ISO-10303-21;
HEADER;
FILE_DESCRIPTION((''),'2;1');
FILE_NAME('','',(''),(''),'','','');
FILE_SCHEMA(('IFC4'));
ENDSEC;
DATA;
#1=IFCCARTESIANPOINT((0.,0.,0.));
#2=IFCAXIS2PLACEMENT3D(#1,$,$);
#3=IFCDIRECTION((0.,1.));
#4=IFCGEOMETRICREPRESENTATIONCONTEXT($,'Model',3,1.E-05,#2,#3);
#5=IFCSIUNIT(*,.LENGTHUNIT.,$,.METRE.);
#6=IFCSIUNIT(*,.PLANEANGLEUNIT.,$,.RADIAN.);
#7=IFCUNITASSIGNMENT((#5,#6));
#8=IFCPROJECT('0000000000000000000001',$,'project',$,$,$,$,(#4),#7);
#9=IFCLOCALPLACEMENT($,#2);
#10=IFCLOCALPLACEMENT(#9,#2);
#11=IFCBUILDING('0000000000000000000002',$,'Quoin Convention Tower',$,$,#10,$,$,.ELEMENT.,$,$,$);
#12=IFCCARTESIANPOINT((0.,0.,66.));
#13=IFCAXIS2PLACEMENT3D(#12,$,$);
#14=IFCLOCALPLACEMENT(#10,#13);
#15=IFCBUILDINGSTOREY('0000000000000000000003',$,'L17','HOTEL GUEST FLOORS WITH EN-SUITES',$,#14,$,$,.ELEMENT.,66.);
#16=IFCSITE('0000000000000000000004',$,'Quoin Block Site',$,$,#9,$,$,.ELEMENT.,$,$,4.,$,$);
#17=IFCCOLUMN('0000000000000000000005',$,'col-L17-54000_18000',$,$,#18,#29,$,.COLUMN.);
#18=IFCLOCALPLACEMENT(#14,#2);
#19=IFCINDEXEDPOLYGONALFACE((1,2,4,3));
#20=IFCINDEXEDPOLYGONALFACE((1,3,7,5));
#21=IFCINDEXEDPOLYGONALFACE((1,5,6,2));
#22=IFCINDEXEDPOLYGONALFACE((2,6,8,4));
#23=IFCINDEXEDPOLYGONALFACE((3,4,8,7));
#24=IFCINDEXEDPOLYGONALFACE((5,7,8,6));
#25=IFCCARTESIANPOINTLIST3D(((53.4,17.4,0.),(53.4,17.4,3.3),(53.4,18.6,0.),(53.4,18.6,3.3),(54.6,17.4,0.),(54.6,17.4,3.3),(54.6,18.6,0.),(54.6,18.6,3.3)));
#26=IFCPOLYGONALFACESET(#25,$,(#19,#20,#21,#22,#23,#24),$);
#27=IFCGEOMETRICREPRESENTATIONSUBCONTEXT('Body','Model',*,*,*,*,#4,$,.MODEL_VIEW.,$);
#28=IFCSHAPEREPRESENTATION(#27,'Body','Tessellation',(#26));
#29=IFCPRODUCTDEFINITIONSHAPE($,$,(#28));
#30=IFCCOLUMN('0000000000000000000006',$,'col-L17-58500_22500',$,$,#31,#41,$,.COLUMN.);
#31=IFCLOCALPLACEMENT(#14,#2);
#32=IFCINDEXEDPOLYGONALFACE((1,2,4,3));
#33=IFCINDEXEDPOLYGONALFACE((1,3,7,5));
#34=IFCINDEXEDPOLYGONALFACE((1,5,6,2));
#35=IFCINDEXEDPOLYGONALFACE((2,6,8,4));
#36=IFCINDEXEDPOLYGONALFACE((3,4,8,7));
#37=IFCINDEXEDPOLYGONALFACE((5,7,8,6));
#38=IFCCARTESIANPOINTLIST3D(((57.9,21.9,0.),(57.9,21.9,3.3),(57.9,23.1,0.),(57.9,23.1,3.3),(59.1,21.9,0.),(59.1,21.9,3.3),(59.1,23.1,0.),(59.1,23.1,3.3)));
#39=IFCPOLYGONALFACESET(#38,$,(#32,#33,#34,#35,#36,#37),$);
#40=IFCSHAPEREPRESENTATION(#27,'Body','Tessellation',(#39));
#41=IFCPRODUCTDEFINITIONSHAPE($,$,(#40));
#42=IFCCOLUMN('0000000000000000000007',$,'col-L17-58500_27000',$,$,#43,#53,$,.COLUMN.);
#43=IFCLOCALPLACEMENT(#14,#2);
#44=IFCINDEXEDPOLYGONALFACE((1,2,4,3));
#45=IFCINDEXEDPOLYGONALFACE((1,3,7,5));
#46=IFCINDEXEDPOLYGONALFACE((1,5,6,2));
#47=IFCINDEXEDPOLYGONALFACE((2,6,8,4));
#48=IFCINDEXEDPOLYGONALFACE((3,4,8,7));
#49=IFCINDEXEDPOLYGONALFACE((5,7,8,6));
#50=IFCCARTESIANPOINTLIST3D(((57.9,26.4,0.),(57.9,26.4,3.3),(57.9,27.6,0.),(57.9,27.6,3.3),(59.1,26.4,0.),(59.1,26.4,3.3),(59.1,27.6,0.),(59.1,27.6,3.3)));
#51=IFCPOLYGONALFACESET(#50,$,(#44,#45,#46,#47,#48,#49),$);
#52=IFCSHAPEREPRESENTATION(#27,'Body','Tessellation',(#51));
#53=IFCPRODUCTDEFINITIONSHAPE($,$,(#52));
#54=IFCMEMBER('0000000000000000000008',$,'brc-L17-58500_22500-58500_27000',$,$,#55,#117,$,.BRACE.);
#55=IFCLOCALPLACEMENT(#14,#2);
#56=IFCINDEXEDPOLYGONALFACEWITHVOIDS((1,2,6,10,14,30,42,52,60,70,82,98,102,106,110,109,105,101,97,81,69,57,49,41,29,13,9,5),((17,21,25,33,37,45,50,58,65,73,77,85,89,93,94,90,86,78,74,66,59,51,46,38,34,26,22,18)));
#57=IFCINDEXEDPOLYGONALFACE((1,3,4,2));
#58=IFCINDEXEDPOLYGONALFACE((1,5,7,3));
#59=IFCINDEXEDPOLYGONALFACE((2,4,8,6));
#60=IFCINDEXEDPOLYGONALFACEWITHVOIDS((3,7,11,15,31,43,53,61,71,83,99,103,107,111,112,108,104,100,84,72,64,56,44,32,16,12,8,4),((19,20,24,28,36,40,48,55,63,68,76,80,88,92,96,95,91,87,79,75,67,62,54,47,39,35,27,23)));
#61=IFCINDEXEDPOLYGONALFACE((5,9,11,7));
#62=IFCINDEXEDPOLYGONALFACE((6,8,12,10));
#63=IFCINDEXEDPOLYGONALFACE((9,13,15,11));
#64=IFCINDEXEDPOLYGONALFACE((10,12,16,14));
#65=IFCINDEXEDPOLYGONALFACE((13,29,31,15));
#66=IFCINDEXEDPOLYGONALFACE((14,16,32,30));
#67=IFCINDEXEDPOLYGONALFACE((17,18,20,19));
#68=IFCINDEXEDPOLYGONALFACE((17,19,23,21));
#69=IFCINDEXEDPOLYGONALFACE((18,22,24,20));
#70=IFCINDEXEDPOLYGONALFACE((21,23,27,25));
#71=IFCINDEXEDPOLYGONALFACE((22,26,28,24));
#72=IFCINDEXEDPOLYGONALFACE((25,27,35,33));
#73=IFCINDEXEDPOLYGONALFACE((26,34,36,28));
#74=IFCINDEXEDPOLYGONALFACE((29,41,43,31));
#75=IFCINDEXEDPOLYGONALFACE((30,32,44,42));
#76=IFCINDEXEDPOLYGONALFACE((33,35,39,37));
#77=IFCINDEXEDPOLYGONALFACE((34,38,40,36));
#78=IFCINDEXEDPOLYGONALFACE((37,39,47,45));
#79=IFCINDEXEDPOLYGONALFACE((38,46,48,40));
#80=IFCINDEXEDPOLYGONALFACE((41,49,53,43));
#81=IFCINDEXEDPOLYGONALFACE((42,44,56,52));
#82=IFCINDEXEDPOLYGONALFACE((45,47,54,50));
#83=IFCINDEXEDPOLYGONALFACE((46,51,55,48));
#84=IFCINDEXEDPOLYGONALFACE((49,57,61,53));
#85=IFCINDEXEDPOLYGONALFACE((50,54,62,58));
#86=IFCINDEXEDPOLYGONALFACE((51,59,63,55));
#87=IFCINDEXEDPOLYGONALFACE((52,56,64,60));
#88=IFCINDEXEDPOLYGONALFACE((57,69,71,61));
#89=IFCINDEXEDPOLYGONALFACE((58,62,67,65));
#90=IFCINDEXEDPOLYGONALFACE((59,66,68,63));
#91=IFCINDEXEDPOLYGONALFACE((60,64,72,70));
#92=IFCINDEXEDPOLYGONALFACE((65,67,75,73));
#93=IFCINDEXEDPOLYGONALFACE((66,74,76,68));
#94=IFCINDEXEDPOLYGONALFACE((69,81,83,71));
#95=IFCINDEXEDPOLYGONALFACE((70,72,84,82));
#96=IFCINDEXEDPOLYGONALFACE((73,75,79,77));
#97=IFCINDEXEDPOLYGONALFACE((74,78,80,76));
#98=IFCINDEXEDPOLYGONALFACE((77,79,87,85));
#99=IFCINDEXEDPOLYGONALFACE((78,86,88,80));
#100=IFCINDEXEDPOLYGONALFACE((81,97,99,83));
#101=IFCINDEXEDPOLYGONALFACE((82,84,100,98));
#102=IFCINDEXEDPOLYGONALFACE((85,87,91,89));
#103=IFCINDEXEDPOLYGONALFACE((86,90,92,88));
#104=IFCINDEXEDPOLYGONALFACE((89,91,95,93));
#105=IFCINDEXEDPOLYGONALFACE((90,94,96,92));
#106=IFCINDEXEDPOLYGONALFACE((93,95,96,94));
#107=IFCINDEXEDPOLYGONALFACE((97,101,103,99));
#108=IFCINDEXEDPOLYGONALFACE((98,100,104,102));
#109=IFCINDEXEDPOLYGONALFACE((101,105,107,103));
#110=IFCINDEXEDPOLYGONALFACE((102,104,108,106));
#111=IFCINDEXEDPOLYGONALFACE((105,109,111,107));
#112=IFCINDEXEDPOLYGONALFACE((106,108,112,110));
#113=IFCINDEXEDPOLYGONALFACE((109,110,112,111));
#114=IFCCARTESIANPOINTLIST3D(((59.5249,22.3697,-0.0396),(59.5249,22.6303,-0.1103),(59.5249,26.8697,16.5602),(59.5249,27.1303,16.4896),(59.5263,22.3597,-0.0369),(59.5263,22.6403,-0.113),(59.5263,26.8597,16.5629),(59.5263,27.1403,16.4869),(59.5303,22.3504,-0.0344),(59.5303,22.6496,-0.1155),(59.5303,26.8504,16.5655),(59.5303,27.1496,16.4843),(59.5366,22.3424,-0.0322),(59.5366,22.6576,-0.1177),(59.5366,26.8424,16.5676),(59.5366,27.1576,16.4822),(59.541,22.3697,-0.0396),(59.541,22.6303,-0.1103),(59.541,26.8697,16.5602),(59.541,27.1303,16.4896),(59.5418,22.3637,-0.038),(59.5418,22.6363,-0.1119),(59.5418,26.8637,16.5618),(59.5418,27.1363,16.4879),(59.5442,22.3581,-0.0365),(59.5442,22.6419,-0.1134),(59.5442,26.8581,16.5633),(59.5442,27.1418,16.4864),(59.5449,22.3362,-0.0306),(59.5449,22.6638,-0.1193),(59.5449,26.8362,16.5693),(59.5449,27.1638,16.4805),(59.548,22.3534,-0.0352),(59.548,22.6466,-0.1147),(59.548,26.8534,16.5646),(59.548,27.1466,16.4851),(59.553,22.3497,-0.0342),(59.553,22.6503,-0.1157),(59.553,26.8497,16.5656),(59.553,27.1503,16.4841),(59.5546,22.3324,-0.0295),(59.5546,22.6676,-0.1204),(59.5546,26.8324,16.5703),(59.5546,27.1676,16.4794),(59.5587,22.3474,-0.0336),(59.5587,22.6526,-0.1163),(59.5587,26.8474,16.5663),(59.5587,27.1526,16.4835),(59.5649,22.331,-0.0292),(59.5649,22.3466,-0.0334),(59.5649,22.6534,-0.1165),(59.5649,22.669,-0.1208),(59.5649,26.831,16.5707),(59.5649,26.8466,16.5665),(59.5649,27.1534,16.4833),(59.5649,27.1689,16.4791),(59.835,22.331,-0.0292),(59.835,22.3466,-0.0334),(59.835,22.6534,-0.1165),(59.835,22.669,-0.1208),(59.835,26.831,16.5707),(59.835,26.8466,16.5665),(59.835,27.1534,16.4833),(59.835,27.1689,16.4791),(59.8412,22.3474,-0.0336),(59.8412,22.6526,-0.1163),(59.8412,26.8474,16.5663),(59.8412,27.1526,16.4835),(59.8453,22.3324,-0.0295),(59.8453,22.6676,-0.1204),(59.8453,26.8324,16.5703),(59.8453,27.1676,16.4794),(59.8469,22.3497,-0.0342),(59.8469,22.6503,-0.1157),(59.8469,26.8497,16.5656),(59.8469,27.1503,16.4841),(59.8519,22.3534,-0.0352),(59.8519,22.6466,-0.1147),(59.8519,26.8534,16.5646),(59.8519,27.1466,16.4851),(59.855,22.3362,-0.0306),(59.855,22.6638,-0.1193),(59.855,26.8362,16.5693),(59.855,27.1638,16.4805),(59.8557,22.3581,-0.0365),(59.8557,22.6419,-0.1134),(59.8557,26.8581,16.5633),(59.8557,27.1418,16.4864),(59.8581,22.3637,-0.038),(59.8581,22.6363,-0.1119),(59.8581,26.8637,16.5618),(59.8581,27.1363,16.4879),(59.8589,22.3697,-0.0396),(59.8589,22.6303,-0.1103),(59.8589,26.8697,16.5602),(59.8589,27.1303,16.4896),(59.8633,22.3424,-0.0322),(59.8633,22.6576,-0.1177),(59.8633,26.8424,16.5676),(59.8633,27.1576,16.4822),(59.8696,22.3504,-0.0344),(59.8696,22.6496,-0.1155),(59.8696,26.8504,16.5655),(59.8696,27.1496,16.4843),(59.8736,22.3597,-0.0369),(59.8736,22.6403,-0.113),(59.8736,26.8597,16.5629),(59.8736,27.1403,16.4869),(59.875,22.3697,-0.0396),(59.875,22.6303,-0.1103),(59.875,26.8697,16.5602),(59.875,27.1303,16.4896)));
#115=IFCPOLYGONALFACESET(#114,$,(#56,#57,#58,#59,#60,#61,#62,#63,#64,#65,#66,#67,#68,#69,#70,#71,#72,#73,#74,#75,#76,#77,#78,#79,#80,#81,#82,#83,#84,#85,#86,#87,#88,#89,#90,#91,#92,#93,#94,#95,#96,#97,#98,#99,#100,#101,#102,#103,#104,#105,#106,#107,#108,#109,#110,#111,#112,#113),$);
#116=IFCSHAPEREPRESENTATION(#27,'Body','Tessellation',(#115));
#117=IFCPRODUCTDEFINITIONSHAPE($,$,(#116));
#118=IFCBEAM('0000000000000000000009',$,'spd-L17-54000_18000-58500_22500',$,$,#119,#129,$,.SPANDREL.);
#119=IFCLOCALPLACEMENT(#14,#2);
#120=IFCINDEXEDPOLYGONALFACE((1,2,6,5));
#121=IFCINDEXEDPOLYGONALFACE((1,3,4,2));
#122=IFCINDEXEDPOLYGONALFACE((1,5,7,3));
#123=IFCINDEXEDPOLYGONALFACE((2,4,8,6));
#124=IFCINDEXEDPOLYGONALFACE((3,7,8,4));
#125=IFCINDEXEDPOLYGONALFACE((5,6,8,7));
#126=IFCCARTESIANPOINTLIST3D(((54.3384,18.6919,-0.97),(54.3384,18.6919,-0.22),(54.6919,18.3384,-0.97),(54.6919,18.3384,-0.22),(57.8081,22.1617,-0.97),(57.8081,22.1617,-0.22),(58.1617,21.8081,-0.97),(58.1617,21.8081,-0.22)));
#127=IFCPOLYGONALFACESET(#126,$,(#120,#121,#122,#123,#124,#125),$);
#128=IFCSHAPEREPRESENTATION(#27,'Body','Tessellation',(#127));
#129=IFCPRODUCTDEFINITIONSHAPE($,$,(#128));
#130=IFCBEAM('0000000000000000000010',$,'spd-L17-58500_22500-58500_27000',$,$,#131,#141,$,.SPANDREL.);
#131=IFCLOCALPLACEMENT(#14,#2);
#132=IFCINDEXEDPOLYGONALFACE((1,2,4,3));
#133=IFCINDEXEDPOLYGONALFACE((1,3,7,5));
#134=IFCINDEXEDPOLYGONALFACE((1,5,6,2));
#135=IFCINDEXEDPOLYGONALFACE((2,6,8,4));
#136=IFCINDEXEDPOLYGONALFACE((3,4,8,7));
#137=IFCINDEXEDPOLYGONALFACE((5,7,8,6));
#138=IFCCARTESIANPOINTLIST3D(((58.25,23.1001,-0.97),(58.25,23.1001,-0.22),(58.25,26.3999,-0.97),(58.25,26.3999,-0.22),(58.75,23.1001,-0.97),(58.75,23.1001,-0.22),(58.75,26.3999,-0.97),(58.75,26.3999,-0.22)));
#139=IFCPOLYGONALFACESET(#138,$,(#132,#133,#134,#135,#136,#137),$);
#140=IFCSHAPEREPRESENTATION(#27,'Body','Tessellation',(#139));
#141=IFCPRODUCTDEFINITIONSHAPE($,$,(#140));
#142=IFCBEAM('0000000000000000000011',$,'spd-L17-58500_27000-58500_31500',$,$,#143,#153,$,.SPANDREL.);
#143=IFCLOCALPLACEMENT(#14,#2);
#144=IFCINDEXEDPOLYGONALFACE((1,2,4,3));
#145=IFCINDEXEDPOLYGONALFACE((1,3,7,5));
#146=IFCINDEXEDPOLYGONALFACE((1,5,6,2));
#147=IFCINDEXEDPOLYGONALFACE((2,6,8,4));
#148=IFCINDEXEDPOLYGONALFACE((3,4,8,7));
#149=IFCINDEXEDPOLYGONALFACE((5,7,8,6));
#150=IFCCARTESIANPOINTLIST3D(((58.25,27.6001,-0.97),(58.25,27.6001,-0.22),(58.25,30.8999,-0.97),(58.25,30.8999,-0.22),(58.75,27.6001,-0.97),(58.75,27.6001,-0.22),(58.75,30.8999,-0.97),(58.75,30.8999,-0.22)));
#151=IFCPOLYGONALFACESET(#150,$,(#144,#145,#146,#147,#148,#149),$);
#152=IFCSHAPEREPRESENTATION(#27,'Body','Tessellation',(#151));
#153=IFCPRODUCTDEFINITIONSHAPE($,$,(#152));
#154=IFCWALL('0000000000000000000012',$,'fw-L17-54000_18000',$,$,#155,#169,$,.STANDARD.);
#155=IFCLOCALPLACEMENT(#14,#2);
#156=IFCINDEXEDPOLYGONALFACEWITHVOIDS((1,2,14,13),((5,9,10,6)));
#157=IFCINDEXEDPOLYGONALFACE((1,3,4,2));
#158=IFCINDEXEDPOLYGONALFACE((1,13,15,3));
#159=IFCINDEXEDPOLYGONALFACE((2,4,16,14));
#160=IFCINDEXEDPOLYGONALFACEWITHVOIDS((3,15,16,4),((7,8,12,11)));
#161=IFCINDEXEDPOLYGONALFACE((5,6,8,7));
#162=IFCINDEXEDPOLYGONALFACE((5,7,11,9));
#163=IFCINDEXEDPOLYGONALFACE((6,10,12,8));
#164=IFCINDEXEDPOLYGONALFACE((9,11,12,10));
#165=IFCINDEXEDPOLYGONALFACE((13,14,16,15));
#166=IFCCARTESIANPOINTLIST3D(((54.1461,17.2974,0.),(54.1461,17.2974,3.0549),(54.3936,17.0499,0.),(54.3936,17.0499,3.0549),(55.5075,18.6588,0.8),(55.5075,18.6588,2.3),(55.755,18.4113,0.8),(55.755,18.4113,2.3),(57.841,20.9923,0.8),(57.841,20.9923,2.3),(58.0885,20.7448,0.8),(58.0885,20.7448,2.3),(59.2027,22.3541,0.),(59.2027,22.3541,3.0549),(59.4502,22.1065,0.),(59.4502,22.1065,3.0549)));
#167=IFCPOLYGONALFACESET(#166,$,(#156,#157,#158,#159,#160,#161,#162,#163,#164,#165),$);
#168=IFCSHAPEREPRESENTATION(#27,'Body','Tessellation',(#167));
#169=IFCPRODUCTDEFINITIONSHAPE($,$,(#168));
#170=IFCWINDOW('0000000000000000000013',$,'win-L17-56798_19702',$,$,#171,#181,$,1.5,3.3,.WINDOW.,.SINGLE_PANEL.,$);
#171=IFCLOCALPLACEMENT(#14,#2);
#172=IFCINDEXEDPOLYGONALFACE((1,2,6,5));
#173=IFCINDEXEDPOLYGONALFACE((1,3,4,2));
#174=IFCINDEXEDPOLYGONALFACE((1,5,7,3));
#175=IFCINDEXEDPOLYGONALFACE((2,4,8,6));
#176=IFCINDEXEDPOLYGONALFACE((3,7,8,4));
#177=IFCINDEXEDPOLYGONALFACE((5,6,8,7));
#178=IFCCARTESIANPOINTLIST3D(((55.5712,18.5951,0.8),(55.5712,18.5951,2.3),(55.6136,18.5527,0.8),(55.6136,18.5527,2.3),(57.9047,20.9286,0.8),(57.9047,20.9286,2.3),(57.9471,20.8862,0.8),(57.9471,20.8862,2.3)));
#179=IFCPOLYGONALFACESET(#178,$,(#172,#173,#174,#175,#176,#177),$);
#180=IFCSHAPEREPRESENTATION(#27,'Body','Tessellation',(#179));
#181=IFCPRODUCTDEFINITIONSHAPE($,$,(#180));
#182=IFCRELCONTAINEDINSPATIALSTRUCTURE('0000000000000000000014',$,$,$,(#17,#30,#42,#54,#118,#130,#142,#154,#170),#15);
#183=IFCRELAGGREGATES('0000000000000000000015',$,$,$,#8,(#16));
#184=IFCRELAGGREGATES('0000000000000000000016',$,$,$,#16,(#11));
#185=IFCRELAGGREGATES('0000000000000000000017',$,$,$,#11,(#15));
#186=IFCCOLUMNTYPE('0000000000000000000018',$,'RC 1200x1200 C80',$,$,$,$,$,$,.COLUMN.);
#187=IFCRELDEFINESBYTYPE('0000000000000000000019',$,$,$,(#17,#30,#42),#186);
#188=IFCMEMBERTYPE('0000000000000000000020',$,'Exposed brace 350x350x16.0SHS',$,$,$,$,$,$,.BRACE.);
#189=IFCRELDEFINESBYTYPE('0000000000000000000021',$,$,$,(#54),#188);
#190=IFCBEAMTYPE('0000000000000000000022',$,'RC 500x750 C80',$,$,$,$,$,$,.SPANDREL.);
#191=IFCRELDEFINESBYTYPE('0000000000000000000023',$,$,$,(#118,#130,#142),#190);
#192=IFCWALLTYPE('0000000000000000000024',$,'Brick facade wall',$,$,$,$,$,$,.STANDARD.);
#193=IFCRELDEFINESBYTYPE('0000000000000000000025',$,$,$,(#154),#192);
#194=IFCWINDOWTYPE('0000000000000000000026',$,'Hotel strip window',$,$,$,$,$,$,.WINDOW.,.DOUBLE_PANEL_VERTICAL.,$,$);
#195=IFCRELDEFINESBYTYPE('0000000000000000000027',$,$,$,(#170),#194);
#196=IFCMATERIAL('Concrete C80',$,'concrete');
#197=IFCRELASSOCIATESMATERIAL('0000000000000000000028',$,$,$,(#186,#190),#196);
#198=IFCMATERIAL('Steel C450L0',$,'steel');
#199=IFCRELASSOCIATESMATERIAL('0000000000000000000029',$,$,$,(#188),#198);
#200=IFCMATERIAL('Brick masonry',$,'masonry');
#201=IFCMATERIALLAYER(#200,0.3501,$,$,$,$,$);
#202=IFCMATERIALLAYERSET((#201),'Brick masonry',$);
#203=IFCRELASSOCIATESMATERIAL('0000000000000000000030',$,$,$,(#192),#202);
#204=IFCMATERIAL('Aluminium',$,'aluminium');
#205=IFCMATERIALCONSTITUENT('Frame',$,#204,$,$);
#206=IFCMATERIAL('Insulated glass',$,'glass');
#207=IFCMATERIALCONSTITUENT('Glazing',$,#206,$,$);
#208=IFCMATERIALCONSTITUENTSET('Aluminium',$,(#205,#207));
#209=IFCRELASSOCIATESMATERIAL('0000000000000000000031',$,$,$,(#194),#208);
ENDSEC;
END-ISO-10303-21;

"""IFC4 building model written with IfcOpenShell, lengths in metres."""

from ifc_helpers import new_model, si_unit, direction, frame, frame_2d, origin, origin_2d, place, context, subcontext, project, spatial, rectangle, hollow_rectangle, extrude, material, layer, layer_set, constituent, constituent_set, material_profile, profile_set, type_object, element, fill, save


model = new_model("IFC4")

# Units and contexts
model_context = context("Model", 3, precision=1e-05, world=origin(), true_north=direction((0.0, 1.0)))
body_context = subcontext(model_context, "Body", "Model", "MODEL_VIEW")
ifc_project = project(units=[si_unit("LENGTHUNIT", "METRE"), si_unit("PLANEANGLEUNIT", "RADIAN")], contexts=[model_context])

# Site, building, storey
site_placement = place(None, origin())
site = spatial("IfcSite", under=ifc_project, at=site_placement, Name="Quoin Block Site", CompositionType="ELEMENT", RefElevation=4.0)
building_placement = place(site_placement, origin())
building = spatial("IfcBuilding", under=site, at=building_placement, Name="Quoin Convention Tower", CompositionType="ELEMENT")
storey_placement = place(building_placement, frame((0.0, 0.0, 66.0)))
storey = spatial("IfcBuildingStorey", under=building, at=storey_placement, Name="L17", Description="HOTEL GUEST FLOORS WITH EN-SUITES", CompositionType="ELEMENT", Elevation=66.0)

# Columns
ifc_material_1 = material(Name="Concrete C80", Category="concrete")
ifc_material_profile_1 = material_profile(ifc_material_1, rectangle(XDim=1.2, YDim=1.2, at=origin_2d()), Name="RC 1200x1200")
ifc_profile_set_1 = profile_set([ifc_material_profile_1], Name="Concrete C80")
column_type = type_object("IfcColumnType", Name="RC 1200x1200 C80", PredefinedType="COLUMN", material=ifc_profile_set_1)
for number, where, z_axis, x_axis, name in (
    (1, (54.0, 18.0, 0.0), (0.0, 0.0, 1.0), (1.0, 0.0, 0.0), "col-L17-54000_18000"),
    (2, (58.5, 22.5, 0.0), (0.0, 0.0, 1.0), (1.0, 0.0, 0.0), "col-L17-58500_22500"),
    (3, (58.5, 27.0, 0.0), (0.0, 0.0, 1.0), (1.0, 0.0, 0.0), "col-L17-58500_27000"),
):
    element("IfcColumn", number, at=place(storey_placement, frame(where, z_axis=z_axis, x_axis=x_axis)), inside=storey, type_object=column_type, Name=name, PredefinedType="COLUMN", context=body_context, shape_type="SweptSolid", body=[
        extrude(rectangle(XDim=1.2, YDim=1.2, at=origin_2d()), origin(), (0.0, 0.0, 1.0), 3.3),
    ])

# Member
ifc_material_2 = material(Name="Steel C450L0", Category="steel")
ifc_material_profile_2 = material_profile(ifc_material_2, hollow_rectangle(XDim=0.3501, YDim=0.3501, WallThickness=0.0161, InnerFilletRadius=0.0239, OuterFilletRadius=0.04, at=origin_2d()), Name="350x350x16.0SHS")
ifc_profile_set_2 = profile_set([ifc_material_profile_2], Name="Steel C450L0")
member_type = type_object("IfcMemberType", Name="Exposed brace 350x350x16.0SHS", PredefinedType="BRACE", material=ifc_profile_set_2)
member_placement = place(storey_placement, frame((59.7, 22.5, -0.075), z_axis=(0.0, 0.261643, 0.965165), x_axis=(-1.0, 0.0, 0.0)))
element("IfcMember", 4, at=member_placement, inside=storey, type_object=member_type, Name="brc-L17-58500_22500-58500_27000", PredefinedType="BRACE", context=body_context, shape_type="SweptSolid", body=[
    extrude(hollow_rectangle(XDim=0.3501, YDim=0.3501, WallThickness=0.0161, InnerFilletRadius=0.0239, OuterFilletRadius=0.04, at=origin_2d()), origin(), (0.0, 0.0, 1.0), 17.199),
])

# Beams
ifc_material_profile_3 = material_profile(ifc_material_1, rectangle(XDim=0.5, YDim=0.75, at=origin_2d()), Name="RC 500x750")
ifc_profile_set_3 = profile_set([ifc_material_profile_3], Name="Concrete C80")
beam_type = type_object("IfcBeamType", Name="RC 500x750 C80", PredefinedType="SPANDREL", material=ifc_profile_set_3)
beam_placement = place(storey_placement, frame((54.5151, 18.5151, -0.595), z_axis=(0.707107, 0.707107, 0.0), x_axis=(-0.707107, 0.707107, 0.0)))
element("IfcBeam", 5, at=beam_placement, inside=storey, type_object=beam_type, Name="spd-L17-54000_18000-58500_22500", PredefinedType="SPANDREL", context=body_context, shape_type="SweptSolid", body=[
    extrude(rectangle(XDim=0.5, YDim=0.75, at=origin_2d()), origin(), (0.0, 0.0, 1.0), 4.907),
])
for number, where, z_axis, x_axis, name in (
    (6, (58.5, 23.1001, -0.595), (0.0, 1.0, 0.0), (-1.0, 0.0, 0.0), "spd-L17-58500_22500-58500_27000"),
    (7, (58.5, 27.6001, -0.595), (0.0, 1.0, 0.0), (-1.0, 0.0, 0.0), "spd-L17-58500_27000-58500_31500"),
):
    element("IfcBeam", number, at=place(storey_placement, frame(where, z_axis=z_axis, x_axis=x_axis)), inside=storey, type_object=beam_type, Name=name, PredefinedType="SPANDREL", context=body_context, shape_type="SweptSolid", body=[
        extrude(rectangle(XDim=0.5, YDim=0.75, at=origin_2d()), origin(), (0.0, 0.0, 1.0), 3.2998),
    ])

# Wall, opening, window
ifc_material_3 = material(Name="Brick masonry", Category="masonry")
ifc_layer_1 = layer(ifc_material_3, 0.3501)
ifc_layer_set_1 = layer_set([ifc_layer_1], Name="Brick masonry")
wall_type_1 = type_object("IfcWallType", Name="Brick facade wall", PredefinedType="STANDARD", material=ifc_layer_set_1)
wall_1_placement = place(storey_placement, frame((54.2698, 17.1736, 0.0), z_axis=(0.0, 0.0, 1.0), x_axis=(0.707107, 0.707107, 0.0)))
wall_1 = element("IfcWall", 8, at=wall_1_placement, inside=storey, type_object=wall_type_1, Name="fw-L17-54000_18000", PredefinedType="STANDARD", context=body_context, shape_type="SweptSolid", body=[
    extrude(rectangle(XDim=7.1511, YDim=0.3501, at=frame_2d((3.5757, 0.0))), origin(), (0.0, 0.0, 1.0), 3.0549),
])
opening_1_placement = place(wall_1_placement, frame((1.9255, 0.0, 0.8)))
opening_1 = element("IfcOpeningElement", 9, at=opening_1_placement, cuts=wall_1, PredefinedType="OPENING", context=body_context, shape_type="SweptSolid", body=[
    extrude(rectangle(XDim=3.3, YDim=1.5, at=frame_2d((1.6499, 0.75))), frame((0.0, 0.1851, 0.0), z_axis=(0.0, -1.0, 0.0), x_axis=(1.0, 0.0, 0.0)), (0.0, 0.0, 1.0), 0.3701),
])
ifc_material_4 = material(Name="Aluminium", Category="aluminium")
ifc_constituent_1 = constituent(ifc_material_4, Name="Frame")
ifc_material_5 = material(Name="Insulated glass", Category="glass")
ifc_constituent_2 = constituent(ifc_material_5, Name="Glazing")
ifc_constituent_set = constituent_set(constituents=[ifc_constituent_1, ifc_constituent_2], Name="Aluminium")
window_type = type_object("IfcWindowType", Name="Hotel strip window", PartitioningType="DOUBLE_PANEL_VERTICAL", PredefinedType="WINDOW", material=ifc_constituent_set)
window_1_placement = place(opening_1_placement, origin())
window_1 = element("IfcWindow", 10, at=window_1_placement, inside=storey, type_object=window_type, Name="win-L17-56798_19702", OverallHeight=1.5, OverallWidth=3.3, PartitioningType="SINGLE_PANEL", PredefinedType="WINDOW", context=body_context, shape_type="SweptSolid", body=[
    extrude(rectangle(XDim=3.3, YDim=1.5, at=frame_2d((1.6499, 0.75))), frame((0.0, 0.085, 0.0), z_axis=(0.0, -1.0, 0.0), x_axis=(1.0, 0.0, 0.0)), (0.0, 0.0, 1.0), 0.0601),
])
fill(opening_1, window_1)

save(model, "model.ifc")
